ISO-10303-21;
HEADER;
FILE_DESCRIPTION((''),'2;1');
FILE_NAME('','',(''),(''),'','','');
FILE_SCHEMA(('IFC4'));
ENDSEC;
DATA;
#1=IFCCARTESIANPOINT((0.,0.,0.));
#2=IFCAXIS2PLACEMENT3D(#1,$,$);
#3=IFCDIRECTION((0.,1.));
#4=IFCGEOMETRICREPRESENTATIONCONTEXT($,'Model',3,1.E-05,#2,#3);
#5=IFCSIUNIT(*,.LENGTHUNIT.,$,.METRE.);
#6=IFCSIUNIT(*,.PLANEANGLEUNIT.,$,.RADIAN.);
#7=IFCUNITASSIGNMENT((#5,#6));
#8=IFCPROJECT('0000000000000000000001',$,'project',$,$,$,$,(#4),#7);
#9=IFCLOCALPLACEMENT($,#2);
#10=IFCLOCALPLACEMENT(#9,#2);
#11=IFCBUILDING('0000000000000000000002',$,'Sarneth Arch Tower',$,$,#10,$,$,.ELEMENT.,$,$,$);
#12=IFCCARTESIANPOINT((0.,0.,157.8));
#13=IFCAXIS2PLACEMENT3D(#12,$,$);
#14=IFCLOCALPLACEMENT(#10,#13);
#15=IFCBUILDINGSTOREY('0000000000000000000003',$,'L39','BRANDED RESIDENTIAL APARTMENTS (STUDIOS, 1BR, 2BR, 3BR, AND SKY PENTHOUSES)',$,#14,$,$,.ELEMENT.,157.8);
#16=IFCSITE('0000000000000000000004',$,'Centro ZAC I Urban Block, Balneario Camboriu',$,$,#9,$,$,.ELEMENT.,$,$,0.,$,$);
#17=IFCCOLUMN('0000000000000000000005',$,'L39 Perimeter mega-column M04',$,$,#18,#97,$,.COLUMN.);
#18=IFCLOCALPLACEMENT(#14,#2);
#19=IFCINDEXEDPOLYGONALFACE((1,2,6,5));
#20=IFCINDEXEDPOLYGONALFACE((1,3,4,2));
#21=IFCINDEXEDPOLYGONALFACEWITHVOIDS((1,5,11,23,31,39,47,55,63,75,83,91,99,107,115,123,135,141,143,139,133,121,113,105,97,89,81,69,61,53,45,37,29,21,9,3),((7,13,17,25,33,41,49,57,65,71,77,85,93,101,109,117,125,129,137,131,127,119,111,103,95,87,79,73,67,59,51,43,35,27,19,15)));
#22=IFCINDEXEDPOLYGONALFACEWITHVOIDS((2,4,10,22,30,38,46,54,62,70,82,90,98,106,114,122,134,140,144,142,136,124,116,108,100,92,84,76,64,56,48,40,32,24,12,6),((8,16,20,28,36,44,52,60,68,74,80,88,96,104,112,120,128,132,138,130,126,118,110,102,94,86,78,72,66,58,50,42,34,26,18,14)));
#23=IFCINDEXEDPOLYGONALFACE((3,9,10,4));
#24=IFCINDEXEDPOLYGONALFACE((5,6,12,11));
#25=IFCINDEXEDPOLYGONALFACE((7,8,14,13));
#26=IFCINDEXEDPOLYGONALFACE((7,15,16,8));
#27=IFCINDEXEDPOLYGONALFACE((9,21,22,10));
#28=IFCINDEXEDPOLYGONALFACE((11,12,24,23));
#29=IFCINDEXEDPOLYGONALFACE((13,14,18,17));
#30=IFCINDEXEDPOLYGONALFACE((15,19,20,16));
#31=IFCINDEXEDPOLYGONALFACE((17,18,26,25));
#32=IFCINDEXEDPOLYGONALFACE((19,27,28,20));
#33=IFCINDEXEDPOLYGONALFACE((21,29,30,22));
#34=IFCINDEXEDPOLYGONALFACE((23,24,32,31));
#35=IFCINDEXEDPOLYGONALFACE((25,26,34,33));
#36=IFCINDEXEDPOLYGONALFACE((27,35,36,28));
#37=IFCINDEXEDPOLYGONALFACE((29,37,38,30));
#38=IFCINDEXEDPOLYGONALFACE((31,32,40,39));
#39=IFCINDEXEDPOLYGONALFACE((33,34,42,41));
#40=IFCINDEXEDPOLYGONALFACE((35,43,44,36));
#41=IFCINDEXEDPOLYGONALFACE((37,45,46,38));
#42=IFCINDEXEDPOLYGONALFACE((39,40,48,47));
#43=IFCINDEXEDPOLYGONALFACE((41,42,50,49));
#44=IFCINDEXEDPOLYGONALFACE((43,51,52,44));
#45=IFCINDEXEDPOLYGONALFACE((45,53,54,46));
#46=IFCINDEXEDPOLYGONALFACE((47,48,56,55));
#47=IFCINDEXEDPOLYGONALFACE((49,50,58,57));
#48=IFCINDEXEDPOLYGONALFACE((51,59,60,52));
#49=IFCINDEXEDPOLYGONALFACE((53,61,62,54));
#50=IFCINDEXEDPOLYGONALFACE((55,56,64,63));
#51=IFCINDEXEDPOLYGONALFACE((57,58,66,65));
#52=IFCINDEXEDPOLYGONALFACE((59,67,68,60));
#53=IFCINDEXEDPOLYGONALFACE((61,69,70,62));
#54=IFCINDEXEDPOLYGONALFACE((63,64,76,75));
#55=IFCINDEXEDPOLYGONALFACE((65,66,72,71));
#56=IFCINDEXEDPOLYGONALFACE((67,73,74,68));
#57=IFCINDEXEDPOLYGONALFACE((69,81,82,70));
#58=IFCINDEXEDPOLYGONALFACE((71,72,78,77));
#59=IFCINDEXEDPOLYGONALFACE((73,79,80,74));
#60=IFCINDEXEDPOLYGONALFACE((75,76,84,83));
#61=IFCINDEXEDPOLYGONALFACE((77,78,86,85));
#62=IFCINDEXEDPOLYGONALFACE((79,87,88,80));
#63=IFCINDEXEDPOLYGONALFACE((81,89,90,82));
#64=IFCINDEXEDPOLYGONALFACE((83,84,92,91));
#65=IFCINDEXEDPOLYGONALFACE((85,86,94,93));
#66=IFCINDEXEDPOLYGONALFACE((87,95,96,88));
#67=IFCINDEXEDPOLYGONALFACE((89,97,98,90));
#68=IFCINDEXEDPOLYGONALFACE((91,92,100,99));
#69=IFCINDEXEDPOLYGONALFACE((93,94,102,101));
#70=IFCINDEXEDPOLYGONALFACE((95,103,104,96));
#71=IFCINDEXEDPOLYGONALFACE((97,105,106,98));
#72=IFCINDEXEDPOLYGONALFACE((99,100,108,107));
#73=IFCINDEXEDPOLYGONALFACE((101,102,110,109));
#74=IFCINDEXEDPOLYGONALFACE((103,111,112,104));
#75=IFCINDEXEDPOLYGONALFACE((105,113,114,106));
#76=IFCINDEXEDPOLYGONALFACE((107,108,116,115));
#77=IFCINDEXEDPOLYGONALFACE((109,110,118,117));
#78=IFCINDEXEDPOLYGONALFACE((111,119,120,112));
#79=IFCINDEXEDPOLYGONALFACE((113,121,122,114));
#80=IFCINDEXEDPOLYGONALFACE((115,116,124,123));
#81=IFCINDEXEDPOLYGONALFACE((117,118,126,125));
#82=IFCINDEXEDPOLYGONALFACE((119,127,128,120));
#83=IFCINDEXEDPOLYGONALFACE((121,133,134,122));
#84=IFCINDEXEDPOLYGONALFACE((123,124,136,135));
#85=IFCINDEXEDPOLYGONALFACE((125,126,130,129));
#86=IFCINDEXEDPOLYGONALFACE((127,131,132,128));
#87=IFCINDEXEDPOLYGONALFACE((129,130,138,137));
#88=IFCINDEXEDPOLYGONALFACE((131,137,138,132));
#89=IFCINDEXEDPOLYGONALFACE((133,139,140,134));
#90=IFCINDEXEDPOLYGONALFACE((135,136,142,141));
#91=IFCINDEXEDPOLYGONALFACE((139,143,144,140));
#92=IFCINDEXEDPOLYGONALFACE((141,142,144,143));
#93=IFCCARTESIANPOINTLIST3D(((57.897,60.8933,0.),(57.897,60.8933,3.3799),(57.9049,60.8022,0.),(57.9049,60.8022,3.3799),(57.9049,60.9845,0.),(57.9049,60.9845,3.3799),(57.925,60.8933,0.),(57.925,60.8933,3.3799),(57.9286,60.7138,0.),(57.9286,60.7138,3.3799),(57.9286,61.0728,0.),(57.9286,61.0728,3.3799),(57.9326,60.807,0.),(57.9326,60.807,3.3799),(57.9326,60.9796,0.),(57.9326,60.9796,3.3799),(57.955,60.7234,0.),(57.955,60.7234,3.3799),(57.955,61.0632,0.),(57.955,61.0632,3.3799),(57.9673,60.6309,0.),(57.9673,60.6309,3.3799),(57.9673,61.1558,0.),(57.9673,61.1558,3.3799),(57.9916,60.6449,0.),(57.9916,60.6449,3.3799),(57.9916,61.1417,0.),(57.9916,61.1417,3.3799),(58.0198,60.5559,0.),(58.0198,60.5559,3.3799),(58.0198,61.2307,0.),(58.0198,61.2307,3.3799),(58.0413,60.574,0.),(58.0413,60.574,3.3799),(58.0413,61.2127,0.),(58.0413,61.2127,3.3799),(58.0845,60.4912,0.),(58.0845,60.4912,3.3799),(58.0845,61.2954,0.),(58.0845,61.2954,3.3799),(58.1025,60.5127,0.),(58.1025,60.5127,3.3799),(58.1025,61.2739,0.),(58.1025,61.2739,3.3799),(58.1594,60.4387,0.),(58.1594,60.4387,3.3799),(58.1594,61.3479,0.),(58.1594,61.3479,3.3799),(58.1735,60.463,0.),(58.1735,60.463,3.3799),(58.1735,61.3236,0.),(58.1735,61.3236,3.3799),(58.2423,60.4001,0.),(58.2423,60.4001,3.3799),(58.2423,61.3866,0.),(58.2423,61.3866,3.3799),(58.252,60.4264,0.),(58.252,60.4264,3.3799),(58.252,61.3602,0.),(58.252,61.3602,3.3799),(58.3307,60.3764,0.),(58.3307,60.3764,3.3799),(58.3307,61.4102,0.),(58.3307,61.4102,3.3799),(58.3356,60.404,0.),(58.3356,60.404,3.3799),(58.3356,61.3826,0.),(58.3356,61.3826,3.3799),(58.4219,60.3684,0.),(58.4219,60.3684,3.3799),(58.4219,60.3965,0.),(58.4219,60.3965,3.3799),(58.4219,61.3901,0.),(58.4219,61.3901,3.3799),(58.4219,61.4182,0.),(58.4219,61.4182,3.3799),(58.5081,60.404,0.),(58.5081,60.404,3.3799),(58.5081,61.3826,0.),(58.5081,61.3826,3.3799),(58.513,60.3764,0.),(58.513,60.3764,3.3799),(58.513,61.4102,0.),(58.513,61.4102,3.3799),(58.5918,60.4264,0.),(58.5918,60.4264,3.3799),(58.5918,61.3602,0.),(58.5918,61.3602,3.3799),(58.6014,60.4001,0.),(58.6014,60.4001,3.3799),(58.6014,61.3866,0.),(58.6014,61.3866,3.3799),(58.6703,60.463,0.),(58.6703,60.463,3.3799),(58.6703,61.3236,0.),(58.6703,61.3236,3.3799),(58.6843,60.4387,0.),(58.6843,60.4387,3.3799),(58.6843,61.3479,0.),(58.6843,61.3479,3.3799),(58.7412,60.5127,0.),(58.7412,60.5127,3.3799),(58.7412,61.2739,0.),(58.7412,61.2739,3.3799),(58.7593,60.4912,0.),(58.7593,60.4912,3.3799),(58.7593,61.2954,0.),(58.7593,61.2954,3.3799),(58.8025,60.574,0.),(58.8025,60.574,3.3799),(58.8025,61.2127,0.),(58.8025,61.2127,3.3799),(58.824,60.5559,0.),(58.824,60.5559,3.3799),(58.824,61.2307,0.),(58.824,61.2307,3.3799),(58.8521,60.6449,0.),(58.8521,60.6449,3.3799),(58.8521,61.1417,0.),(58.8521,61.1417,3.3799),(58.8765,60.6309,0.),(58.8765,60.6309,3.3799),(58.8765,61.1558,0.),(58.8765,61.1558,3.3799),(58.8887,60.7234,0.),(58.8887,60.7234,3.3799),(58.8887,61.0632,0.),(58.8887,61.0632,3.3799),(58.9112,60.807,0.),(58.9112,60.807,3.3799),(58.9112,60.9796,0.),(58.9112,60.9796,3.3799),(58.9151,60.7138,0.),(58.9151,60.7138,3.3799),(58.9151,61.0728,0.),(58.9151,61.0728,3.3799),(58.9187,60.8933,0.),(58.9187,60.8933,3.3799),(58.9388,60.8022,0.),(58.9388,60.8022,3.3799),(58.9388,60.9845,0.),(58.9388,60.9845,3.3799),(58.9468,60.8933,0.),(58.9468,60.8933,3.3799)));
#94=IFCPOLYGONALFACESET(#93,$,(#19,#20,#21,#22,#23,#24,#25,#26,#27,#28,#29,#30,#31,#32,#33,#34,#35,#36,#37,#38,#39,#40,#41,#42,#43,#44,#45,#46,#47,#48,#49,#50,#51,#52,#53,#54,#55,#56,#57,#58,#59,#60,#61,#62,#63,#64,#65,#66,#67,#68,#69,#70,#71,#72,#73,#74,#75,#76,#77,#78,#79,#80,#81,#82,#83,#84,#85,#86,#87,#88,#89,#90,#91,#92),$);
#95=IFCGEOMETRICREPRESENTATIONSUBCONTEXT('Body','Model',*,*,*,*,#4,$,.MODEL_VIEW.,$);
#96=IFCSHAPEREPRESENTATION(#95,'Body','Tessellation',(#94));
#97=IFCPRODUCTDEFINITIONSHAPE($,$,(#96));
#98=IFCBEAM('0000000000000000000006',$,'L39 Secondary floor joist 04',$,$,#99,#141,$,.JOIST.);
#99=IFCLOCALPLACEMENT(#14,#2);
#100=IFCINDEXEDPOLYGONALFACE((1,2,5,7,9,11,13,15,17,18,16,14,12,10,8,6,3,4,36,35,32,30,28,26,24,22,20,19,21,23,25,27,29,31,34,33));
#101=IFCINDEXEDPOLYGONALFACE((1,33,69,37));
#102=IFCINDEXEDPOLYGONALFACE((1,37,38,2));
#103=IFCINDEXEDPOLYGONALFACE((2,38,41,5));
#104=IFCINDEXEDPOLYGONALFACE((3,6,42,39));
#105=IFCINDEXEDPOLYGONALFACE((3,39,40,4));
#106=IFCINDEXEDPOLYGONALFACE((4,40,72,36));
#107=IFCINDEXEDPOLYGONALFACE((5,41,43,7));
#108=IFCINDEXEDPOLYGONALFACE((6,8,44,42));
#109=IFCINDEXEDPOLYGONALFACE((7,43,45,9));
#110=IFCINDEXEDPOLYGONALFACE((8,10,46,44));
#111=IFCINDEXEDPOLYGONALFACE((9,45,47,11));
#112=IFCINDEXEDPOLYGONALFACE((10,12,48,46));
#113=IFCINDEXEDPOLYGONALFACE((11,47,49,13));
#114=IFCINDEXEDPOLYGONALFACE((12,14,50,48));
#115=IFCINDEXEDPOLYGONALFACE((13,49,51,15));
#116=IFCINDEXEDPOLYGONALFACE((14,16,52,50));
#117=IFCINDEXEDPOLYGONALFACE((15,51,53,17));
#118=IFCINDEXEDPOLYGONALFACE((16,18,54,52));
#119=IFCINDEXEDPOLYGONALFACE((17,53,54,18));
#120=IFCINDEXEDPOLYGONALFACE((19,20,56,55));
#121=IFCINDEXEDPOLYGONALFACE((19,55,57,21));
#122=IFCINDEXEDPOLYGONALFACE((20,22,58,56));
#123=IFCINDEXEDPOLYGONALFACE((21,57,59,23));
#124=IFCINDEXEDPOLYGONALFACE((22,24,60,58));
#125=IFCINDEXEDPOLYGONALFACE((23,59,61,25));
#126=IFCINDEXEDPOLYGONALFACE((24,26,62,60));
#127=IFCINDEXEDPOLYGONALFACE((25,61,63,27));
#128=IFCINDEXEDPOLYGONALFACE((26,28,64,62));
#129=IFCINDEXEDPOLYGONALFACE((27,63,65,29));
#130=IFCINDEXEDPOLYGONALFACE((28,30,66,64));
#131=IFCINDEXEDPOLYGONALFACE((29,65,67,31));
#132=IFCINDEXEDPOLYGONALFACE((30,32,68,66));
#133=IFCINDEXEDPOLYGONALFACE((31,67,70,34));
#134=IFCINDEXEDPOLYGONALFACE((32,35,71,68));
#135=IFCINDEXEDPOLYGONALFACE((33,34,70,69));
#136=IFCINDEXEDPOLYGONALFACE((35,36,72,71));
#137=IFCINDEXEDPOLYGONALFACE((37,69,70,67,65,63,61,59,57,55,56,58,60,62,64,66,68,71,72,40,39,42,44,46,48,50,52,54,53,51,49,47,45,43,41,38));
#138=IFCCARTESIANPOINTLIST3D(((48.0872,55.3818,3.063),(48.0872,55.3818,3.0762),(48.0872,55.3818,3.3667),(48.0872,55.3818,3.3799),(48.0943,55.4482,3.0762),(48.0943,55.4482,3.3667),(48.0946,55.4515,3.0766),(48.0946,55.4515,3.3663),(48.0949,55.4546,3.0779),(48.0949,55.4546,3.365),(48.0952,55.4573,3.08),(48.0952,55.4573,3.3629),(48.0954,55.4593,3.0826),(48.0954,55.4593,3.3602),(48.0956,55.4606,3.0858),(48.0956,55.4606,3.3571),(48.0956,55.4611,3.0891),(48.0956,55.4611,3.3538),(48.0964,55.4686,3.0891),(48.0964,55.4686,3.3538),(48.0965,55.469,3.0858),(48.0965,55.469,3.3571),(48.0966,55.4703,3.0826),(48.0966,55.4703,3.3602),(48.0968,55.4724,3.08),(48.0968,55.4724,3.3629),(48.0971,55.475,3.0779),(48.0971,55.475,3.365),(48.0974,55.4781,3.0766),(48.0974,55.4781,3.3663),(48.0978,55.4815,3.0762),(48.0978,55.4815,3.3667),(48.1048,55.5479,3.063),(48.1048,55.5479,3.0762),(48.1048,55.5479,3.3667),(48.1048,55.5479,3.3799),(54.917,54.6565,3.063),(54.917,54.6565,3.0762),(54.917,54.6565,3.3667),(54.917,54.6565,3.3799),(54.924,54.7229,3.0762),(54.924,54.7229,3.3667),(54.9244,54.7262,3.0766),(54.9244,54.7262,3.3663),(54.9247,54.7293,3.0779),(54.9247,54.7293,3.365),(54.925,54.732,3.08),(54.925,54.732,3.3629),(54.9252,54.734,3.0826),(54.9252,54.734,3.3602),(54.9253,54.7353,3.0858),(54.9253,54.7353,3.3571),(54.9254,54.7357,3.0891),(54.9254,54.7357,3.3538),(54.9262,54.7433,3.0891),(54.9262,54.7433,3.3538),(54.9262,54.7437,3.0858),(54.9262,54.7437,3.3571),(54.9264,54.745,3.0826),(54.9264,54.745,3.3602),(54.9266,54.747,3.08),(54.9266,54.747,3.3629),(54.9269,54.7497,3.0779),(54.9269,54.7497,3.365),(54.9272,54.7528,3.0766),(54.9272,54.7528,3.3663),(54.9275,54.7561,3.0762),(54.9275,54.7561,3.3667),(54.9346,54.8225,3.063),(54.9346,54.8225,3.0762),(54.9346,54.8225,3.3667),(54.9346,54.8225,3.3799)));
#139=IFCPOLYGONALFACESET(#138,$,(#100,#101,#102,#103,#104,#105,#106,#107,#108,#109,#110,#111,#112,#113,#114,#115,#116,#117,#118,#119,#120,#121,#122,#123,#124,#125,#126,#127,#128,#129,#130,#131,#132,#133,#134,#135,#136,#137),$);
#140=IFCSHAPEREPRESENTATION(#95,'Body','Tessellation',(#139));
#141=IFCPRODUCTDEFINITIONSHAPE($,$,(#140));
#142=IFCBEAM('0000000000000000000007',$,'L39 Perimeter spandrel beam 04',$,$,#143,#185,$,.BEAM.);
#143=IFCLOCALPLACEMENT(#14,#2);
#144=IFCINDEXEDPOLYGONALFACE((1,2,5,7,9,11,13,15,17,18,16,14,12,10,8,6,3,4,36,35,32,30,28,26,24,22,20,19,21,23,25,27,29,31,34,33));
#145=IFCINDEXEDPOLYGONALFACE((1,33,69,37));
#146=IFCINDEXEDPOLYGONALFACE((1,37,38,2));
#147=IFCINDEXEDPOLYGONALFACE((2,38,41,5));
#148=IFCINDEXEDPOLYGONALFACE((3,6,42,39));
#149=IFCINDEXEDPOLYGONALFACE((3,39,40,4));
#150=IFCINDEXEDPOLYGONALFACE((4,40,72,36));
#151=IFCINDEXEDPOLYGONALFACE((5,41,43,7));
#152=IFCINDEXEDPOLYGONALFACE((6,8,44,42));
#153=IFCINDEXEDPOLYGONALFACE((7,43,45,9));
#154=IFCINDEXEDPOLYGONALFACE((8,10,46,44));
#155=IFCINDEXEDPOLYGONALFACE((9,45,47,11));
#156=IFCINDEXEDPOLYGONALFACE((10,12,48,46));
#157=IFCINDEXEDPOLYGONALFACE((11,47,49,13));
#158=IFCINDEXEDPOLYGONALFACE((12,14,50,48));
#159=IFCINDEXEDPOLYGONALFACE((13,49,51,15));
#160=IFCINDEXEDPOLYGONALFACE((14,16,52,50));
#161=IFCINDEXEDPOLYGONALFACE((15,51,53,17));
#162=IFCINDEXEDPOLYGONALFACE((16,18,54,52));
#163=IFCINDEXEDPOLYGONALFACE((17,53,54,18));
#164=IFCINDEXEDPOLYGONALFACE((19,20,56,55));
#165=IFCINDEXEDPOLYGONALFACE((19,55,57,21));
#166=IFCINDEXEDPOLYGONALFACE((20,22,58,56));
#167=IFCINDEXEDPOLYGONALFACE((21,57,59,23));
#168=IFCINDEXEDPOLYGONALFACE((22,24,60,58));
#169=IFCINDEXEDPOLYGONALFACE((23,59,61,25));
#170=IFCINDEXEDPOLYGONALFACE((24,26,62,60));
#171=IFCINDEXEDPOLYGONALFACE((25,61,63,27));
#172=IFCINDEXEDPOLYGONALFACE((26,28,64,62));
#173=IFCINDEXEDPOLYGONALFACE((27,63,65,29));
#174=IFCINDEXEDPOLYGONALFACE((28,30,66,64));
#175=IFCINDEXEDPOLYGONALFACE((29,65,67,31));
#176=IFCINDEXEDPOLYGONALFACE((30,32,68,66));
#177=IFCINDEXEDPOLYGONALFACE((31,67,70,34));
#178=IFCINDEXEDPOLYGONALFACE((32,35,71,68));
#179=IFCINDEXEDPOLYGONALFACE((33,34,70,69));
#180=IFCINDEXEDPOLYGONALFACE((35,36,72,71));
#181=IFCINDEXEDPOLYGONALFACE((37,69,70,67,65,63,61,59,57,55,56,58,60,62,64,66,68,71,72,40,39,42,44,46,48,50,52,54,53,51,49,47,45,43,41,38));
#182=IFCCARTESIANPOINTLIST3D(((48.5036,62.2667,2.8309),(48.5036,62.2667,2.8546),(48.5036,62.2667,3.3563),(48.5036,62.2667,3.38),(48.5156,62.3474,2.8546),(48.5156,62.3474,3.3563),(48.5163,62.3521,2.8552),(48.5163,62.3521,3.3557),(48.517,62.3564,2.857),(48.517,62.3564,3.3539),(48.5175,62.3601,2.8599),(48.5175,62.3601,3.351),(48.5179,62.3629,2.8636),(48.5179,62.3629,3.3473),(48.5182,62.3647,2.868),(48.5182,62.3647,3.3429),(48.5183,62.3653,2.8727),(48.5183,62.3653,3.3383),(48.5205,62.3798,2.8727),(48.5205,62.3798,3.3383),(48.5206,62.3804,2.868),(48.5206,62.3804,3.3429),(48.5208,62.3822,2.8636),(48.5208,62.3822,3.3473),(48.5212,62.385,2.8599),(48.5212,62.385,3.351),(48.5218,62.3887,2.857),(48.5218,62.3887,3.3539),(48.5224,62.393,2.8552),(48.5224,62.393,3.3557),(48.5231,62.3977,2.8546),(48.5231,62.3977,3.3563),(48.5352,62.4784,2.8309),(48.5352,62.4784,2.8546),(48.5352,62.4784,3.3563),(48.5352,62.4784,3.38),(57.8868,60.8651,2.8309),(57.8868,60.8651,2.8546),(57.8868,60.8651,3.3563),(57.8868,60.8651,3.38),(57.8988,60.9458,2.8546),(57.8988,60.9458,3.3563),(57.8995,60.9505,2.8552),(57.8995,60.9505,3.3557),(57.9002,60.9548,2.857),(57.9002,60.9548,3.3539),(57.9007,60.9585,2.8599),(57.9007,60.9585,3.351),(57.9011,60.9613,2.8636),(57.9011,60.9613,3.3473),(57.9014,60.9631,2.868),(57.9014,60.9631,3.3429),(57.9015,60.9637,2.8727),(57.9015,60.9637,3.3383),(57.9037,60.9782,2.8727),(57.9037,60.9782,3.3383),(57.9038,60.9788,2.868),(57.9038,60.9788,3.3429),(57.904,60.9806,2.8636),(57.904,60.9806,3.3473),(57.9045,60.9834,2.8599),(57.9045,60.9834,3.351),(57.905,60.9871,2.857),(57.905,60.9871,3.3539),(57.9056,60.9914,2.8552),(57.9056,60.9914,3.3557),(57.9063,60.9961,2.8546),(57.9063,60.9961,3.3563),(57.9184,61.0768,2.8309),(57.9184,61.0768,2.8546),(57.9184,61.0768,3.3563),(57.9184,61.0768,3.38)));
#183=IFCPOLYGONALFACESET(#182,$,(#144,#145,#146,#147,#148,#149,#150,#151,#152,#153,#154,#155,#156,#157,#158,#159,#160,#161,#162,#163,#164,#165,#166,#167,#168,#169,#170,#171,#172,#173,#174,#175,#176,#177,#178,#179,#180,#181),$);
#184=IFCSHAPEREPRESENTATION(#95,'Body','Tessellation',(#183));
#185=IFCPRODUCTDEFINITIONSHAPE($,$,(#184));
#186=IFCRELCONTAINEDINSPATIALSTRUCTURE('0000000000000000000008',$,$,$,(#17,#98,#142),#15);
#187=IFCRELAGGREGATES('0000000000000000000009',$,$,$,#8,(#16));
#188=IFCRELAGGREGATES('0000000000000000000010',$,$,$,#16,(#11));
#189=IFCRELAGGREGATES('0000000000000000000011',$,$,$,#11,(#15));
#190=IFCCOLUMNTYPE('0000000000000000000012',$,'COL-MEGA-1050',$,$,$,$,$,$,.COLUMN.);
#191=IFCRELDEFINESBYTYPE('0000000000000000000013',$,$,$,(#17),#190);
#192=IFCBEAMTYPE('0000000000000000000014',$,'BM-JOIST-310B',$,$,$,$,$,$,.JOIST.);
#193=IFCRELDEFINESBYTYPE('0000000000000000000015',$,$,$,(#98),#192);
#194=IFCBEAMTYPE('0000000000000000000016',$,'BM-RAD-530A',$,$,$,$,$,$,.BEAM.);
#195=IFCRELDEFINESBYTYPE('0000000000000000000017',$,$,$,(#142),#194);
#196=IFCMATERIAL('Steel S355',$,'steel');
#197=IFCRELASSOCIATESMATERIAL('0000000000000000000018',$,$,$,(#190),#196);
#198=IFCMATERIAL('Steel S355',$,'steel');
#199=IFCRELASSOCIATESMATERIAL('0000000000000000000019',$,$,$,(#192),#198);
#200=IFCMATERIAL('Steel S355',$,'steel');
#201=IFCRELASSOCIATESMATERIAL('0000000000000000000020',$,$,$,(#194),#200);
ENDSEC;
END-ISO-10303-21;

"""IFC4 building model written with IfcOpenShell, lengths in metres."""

from ifc_helpers import new_model, si_unit, direction, frame, origin, origin_2d, place, context, subcontext, project, spatial, hollow_circle, i_section, extrude, material, material_profile, profile_set, type_object, element, save


model = new_model("IFC4")

# Units and contexts
model_context = context("Model", 3, precision=1e-05, world=origin(), true_north=direction((0.0, 1.0)))
body_context = subcontext(model_context, "Body", "Model", "MODEL_VIEW")
ifc_project = project(units=[si_unit("LENGTHUNIT", "METRE"), si_unit("PLANEANGLEUNIT", "RADIAN")], contexts=[model_context])

# Site, building, storey
site_placement = place(None, origin())
site = spatial("IfcSite", under=ifc_project, at=site_placement, Name="Centro ZAC I Urban Block, Balneario Camboriu", CompositionType="ELEMENT", RefElevation=0.0)
building_placement = place(site_placement, origin())
building = spatial("IfcBuilding", under=site, at=building_placement, Name="Sarneth Arch Tower", CompositionType="ELEMENT")
storey_placement = place(building_placement, frame((0.0, 0.0, 157.8)))
storey = spatial("IfcBuildingStorey", under=building, at=storey_placement, Name="L39", Description="BRANDED RESIDENTIAL APARTMENTS (STUDIOS, 1BR, 2BR, 3BR, AND SKY PENTHOUSES)", CompositionType="ELEMENT", Elevation=157.8)

# Column
ifc_material_1 = material(Name="Steel S355", Category="steel")
ifc_material_profile_1 = material_profile(ifc_material_1, hollow_circle(Radius=0.5249, WallThickness=0.0281, at=origin_2d()), Name="CHS1050x28")
ifc_profile_set_1 = profile_set([ifc_material_profile_1], Name="Steel S355")
column_type = type_object("IfcColumnType", Name="COL-MEGA-1050", PredefinedType="COLUMN", material=ifc_profile_set_1)
column_placement = place(storey_placement, frame((58.4219, 60.8933, 0.0), z_axis=(0.0, 0.0, 1.0), x_axis=(1.0, 0.0, 0.0)))
element("IfcColumn", 1, at=column_placement, inside=storey, type_object=column_type, Name="L39 Perimeter mega-column M04", PredefinedType="COLUMN", context=body_context, shape_type="SweptSolid", body=[
    extrude(hollow_circle(Radius=0.5249, WallThickness=0.0281, at=origin_2d()), origin(), (0.0, 0.0, 1.0), 3.3799),
])

# Beams
ifc_material_2 = material(Name="Steel S355", Category="steel")
ifc_material_profile_2 = material_profile(ifc_material_2, i_section(OverallWidth=0.167, OverallDepth=0.3169, WebThickness=0.0076, FlangeThickness=0.0132, FilletRadius=0.0129, at=origin_2d()), Name="W310x52")
ifc_profile_set_2 = profile_set([ifc_material_profile_2], Name="Steel S355")
beam_type_1 = type_object("IfcBeamType", Name="BM-JOIST-310B", PredefinedType="JOIST", material=ifc_profile_set_2)
beam_1_placement = place(storey_placement, frame((54.9258, 54.7395, 3.2214), z_axis=(-0.994408, 0.105608, 0.0), x_axis=(-0.105608, -0.994408, 0.0)))
element("IfcBeam", 2, at=beam_1_placement, inside=storey, type_object=beam_type_1, Name="L39 Secondary floor joist 04", PredefinedType="JOIST", context=body_context, shape_type="SweptSolid", body=[
    extrude(i_section(OverallWidth=0.167, OverallDepth=0.3169, WebThickness=0.0076, FlangeThickness=0.0132, FilletRadius=0.0129, at=origin_2d()), origin(), (0.0, 0.0, 1.0), 6.8682),
])
ifc_material_3 = material(Name="Steel S355", Category="steel")
ifc_material_profile_3 = material_profile(ifc_material_3, i_section(OverallWidth=0.2141, OverallDepth=0.5491, WebThickness=0.0146, FlangeThickness=0.0237, FilletRadius=0.0181, at=origin_2d()), Name="W530x138")
ifc_profile_set_3 = profile_set([ifc_material_profile_3], Name="Steel S355")
beam_type_2 = type_object("IfcBeamType", Name="BM-RAD-530A", PredefinedType="BEAM", material=ifc_profile_set_3)
beam_2_placement = place(storey_placement, frame((57.9026, 60.9709, 3.1055), z_axis=(-0.989027, 0.147734, 0.0), x_axis=(-0.147734, -0.989027, 0.0)))
element("IfcBeam", 3, at=beam_2_placement, inside=storey, type_object=beam_type_2, Name="L39 Perimeter spandrel beam 04", PredefinedType="BEAM", context=body_context, shape_type="SweptSolid", body=[
    extrude(i_section(OverallWidth=0.2141, OverallDepth=0.5491, WebThickness=0.0146, FlangeThickness=0.0237, FilletRadius=0.0181, at=origin_2d()), origin(), (0.0, 0.0, 1.0), 9.4873),
])

save(model, "model.ifc")
